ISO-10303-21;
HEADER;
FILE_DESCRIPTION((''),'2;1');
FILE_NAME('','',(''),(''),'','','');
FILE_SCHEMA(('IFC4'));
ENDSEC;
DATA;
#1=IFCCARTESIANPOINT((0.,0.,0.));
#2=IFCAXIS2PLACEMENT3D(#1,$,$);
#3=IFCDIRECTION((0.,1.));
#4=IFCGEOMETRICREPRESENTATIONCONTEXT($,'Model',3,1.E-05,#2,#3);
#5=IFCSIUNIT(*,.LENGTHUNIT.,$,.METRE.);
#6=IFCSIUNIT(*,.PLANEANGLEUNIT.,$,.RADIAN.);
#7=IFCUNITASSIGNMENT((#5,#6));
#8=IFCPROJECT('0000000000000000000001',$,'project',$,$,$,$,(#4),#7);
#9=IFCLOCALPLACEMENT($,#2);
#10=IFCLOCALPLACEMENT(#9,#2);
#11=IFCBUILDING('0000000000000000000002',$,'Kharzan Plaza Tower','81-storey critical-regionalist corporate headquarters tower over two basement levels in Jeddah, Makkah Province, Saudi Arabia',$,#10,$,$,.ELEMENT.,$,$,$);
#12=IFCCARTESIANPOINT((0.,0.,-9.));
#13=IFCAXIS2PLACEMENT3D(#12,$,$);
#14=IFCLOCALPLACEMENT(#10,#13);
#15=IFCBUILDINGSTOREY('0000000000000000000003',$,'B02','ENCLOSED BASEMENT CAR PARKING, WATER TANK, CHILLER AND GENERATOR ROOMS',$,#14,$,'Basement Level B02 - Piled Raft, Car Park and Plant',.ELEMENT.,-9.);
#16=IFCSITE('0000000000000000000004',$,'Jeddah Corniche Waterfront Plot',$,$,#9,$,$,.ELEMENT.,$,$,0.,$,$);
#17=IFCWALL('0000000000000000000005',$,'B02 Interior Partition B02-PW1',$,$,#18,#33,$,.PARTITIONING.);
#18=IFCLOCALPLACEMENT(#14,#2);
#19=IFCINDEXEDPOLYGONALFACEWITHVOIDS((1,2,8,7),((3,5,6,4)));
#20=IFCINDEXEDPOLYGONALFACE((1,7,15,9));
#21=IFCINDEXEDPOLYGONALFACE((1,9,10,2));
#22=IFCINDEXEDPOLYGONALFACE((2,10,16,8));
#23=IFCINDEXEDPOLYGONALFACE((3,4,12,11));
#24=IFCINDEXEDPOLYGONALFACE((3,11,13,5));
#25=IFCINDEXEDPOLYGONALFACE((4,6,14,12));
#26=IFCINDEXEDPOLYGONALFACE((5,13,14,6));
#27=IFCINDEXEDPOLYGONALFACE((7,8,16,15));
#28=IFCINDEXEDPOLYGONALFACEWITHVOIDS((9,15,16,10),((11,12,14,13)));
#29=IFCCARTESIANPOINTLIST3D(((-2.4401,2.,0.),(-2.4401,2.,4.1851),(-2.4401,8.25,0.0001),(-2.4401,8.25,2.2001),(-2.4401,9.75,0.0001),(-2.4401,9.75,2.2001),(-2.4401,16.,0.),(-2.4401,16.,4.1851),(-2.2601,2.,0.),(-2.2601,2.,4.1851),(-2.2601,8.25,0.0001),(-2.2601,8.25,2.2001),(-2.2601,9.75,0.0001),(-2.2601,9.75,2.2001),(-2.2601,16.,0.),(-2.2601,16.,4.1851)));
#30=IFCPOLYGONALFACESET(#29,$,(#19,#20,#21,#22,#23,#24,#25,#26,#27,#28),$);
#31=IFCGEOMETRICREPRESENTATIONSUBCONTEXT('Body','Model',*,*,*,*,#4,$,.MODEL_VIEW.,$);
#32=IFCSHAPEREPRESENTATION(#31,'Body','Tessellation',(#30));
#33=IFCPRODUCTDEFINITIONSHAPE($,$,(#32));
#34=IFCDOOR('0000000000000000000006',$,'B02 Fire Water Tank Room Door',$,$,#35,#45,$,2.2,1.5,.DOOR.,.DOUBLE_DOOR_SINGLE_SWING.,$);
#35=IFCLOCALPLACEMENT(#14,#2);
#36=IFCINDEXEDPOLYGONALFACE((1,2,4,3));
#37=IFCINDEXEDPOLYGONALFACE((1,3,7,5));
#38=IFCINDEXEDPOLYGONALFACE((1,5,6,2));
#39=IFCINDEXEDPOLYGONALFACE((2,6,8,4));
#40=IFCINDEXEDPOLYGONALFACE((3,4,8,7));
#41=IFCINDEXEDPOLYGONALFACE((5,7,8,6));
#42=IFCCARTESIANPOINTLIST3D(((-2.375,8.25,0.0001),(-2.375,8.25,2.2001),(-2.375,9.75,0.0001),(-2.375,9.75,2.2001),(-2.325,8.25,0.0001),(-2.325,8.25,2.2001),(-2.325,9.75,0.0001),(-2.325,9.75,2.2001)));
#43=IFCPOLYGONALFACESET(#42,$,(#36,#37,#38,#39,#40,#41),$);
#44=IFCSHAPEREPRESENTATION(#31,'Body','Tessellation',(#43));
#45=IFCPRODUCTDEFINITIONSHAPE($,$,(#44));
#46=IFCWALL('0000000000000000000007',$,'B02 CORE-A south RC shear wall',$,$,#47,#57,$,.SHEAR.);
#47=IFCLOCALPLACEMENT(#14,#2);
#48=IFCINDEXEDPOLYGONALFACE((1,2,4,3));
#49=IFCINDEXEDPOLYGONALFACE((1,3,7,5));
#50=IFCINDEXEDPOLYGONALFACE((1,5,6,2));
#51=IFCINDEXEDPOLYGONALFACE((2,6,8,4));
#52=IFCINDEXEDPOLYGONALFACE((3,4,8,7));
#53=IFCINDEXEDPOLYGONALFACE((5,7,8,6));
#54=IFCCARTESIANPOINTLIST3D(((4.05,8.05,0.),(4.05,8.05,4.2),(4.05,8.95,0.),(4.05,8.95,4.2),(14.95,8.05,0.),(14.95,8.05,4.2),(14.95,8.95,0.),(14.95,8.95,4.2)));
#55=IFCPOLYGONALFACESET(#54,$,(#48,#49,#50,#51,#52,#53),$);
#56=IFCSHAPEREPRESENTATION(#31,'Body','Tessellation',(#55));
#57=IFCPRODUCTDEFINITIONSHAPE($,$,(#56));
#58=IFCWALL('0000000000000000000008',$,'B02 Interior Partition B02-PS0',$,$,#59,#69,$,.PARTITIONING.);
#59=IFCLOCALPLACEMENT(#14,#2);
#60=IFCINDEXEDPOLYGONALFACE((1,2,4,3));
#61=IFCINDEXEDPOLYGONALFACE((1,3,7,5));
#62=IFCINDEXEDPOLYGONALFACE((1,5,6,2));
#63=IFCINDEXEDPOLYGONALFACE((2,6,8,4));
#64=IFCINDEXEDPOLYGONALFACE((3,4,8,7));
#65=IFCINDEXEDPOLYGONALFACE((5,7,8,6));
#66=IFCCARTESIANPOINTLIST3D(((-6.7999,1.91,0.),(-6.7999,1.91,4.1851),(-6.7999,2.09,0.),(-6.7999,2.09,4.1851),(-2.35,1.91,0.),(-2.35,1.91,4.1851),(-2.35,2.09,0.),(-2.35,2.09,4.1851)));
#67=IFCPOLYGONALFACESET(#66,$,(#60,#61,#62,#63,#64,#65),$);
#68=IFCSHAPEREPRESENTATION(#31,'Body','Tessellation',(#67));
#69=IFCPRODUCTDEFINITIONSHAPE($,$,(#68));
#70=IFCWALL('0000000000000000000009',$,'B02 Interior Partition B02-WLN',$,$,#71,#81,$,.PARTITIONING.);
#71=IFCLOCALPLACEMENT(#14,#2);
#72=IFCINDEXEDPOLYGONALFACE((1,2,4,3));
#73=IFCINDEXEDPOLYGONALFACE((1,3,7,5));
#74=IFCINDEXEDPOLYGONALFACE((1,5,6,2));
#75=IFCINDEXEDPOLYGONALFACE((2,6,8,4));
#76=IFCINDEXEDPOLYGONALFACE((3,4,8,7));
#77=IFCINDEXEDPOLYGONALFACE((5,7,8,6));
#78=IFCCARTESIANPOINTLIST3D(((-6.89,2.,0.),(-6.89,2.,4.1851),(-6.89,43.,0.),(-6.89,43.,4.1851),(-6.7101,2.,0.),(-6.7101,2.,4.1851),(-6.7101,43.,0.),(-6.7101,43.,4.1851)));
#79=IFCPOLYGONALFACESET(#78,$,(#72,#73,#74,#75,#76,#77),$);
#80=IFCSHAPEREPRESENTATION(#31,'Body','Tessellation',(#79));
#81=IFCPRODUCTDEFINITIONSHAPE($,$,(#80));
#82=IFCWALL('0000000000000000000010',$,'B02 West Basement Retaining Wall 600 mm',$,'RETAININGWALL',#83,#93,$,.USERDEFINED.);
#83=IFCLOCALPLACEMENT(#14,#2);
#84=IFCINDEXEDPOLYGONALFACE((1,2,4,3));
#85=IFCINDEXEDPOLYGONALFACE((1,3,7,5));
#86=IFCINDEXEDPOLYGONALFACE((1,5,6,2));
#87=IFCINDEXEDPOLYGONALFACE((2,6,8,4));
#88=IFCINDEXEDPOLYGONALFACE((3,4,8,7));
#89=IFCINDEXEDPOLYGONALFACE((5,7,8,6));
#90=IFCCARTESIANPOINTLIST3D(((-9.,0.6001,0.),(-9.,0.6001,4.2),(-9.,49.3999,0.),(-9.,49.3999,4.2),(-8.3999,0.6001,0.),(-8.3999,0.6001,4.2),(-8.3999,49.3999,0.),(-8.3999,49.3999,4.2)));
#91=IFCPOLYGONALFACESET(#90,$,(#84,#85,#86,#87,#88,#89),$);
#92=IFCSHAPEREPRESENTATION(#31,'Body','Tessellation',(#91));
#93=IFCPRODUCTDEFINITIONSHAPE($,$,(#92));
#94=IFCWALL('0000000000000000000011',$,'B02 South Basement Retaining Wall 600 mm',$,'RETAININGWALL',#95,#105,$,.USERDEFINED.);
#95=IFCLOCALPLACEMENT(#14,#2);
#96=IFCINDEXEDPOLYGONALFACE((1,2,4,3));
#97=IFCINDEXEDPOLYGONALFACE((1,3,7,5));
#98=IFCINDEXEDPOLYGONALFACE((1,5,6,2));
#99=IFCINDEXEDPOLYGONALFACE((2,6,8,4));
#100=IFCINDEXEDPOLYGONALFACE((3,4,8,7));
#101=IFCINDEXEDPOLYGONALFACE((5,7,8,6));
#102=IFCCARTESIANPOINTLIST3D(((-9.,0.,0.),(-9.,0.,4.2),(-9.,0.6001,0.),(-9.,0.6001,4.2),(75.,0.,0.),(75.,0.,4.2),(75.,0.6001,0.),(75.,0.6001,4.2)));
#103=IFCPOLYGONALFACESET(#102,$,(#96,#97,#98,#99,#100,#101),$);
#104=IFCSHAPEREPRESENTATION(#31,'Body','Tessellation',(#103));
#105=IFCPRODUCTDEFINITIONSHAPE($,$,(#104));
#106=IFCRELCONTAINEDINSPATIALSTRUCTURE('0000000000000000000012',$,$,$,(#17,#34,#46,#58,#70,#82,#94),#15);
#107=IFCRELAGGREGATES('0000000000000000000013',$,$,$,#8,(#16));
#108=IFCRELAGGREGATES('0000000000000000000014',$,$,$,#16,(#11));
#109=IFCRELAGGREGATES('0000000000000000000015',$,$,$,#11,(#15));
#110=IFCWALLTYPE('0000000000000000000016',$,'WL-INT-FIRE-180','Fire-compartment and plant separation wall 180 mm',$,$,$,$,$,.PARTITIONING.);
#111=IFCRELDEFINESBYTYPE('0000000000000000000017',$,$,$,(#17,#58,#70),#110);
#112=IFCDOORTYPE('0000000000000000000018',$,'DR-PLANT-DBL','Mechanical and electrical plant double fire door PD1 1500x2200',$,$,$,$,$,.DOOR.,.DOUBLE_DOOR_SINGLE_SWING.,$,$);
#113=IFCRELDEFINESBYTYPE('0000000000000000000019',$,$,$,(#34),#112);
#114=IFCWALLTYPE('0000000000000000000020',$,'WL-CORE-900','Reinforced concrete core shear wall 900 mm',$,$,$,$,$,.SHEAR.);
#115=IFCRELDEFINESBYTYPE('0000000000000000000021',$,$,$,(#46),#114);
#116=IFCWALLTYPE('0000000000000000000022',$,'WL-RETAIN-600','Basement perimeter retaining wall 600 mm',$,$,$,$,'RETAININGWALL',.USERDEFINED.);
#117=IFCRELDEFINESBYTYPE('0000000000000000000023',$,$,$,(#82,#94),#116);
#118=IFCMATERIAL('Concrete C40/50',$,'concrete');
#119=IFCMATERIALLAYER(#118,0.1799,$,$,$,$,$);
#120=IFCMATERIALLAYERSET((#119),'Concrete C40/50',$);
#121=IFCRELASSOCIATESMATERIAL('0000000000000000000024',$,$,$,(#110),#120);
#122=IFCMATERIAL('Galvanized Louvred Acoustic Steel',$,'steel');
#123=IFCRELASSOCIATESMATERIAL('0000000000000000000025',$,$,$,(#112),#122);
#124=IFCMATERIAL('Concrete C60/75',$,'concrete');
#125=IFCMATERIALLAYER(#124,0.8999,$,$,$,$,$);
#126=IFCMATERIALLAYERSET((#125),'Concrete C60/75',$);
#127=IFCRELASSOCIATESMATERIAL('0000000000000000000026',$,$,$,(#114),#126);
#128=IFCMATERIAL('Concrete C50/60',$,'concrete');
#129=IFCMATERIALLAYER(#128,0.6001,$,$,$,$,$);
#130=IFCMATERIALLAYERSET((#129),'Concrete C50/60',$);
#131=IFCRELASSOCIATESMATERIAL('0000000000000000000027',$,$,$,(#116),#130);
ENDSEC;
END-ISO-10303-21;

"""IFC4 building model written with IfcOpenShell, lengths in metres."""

from ifc_helpers import new_model, si_unit, direction, frame, frame_2d, origin, place, context, subcontext, project, spatial, rectangle, extrude, source, transform, mapped, material, layer, layer_set, type_object, element, fill, save


model = new_model("IFC4")

# Units and contexts
model_context = context("Model", 3, precision=1e-05, world=origin(), true_north=direction((0.0, 1.0)))
body_context = subcontext(model_context, "Body", "Model", "MODEL_VIEW")
ifc_project = project(units=[si_unit("LENGTHUNIT", "METRE"), si_unit("PLANEANGLEUNIT", "RADIAN")], contexts=[model_context])

# Site, building, storey
site_placement = place(None, origin())
site = spatial("IfcSite", under=ifc_project, at=site_placement, Name="Jeddah Corniche Waterfront Plot", CompositionType="ELEMENT", RefElevation=0.0)
building_placement = place(site_placement, origin())
building = spatial("IfcBuilding", under=site, at=building_placement, Name="Kharzan Plaza Tower", Description="81-storey critical-regionalist corporate headquarters tower over two basement levels in Jeddah, Makkah Province, Saudi Arabia", CompositionType="ELEMENT")
storey_placement = place(building_placement, frame((0.0, 0.0, -9.0)))
storey = spatial("IfcBuildingStorey", under=building, at=storey_placement, Name="B02", Description="ENCLOSED BASEMENT CAR PARKING, WATER TANK, CHILLER AND GENERATOR ROOMS", LongName="Basement Level B02 - Piled Raft, Car Park and Plant", CompositionType="ELEMENT", Elevation=-9.0)

# Shared definitions
ifc_material_1 = material(Name="Concrete C50/60", Category="concrete")

# Shared definitions
ifc_material_2 = material(Name="Concrete C60/75", Category="concrete")

# Shared definitions
ifc_material_3 = material(Name="Concrete C40/50", Category="concrete")

# Wall, opening, door
ifc_layer_1 = layer(ifc_material_3, 0.1799)
ifc_layer_set_1 = layer_set([ifc_layer_1], Name="Concrete C40/50")
wall_type_1 = type_object("IfcWallType", Name="WL-INT-FIRE-180", Description="Fire-compartment and plant separation wall 180 mm", PredefinedType="PARTITIONING", material=ifc_layer_set_1)
wall_1_placement = place(storey_placement, frame((-2.3501, 2.0, 0.0), z_axis=(0.0, 0.0, 1.0), x_axis=(0.0, 1.0, 0.0)))
wall_1 = element("IfcWall", 1, at=wall_1_placement, inside=storey, type_object=wall_type_1, Name="B02 Interior Partition B02-PW1", PredefinedType="PARTITIONING", context=body_context, shape_type="SweptSolid", body=[
    extrude(rectangle(XDim=14.0, YDim=0.1799, at=frame_2d((7.0, 0.0))), origin(), (0.0, 0.0, 1.0), 4.1851),
])
opening_placement = place(wall_1_placement, frame((6.25, 0.0, 0.0)))
opening = element("IfcOpeningElement", 2, at=opening_placement, cuts=wall_1, PredefinedType="OPENING", context=body_context, shape_type="SweptSolid", body=[
    extrude(rectangle(XDim=1.5, YDim=2.2, at=frame_2d((0.75, 1.1001))), frame((0.0, 0.0999, 0.0), z_axis=(0.0, -1.0, 0.0), x_axis=(1.0, 0.0, 0.0)), (0.0, 0.0, 1.0), 0.2),
])
ifc_material_4 = material(Name="Galvanized Louvred Acoustic Steel", Category="steel")
door_type = type_object("IfcDoorType", Name="DR-PLANT-DBL", Description="Mechanical and electrical plant double fire door PD1 1500x2200", OperationType="DOUBLE_DOOR_SINGLE_SWING", PredefinedType="DOOR", material=ifc_material_4)
shared_shape_1 = source(origin(), body_context, "Body", "SweptSolid", [
    extrude(rectangle(XDim=1.5, YDim=2.2, at=frame_2d((0.75, 1.1001))), frame((0.0, 0.0249, 0.0), z_axis=(0.0, -1.0, 0.0), x_axis=(1.0, 0.0, 0.0)), (0.0, 0.0, 1.0), 0.05),
])
door_placement = place(opening_placement, origin())
door = element("IfcDoor", 3, at=door_placement, inside=storey, type_object=door_type, Name="B02 Fire Water Tank Room Door", OperationType="DOUBLE_DOOR_SINGLE_SWING", OverallHeight=2.2, OverallWidth=1.5, PredefinedType="DOOR", context=body_context, shape_type="MappedRepresentation", body=[
    mapped(shared_shape_1, transform((0.0, 0.0, 0.0), x_axis=(1.0, 0.0, 0.0), y_axis=(0.0, 1.0, 0.0), z_axis=(0.0, 0.0, 1.0))),
])
fill(opening, door)

# Walls
ifc_layer_2 = layer(ifc_material_2, 0.8999)
ifc_layer_set_2 = layer_set([ifc_layer_2], Name="Concrete C60/75")
wall_type_2 = type_object("IfcWallType", Name="WL-CORE-900", Description="Reinforced concrete core shear wall 900 mm", PredefinedType="SHEAR", material=ifc_layer_set_2)
shared_shape_2 = source(origin(), body_context, "Body", "SweptSolid", [
    extrude(rectangle(XDim=10.8999, YDim=0.8999, at=frame_2d((5.45, 0.0))), origin(), (0.0, 0.0, 1.0), 4.2),
])
wall_2_placement = place(storey_placement, frame((4.05, 8.5, 0.0), z_axis=(0.0, 0.0, 1.0), x_axis=(1.0, 0.0, 0.0)))
element("IfcWall", 4, at=wall_2_placement, inside=storey, type_object=wall_type_2, Name="B02 CORE-A south RC shear wall", PredefinedType="SHEAR", context=body_context, shape_type="MappedRepresentation", body=[
    mapped(shared_shape_2, transform((0.0, 0.0, 0.0), x_axis=(1.0, 0.0, 0.0), y_axis=(0.0, 1.0, 0.0), z_axis=(0.0, 0.0, 1.0))),
])
shared_shape_3 = source(origin(), body_context, "Body", "SweptSolid", [
    extrude(rectangle(XDim=4.45, YDim=0.1799, at=frame_2d((2.2251, 0.0))), origin(), (0.0, 0.0, 1.0), 4.1851),
])
wall_3_placement = place(storey_placement, frame((-6.8, 2.0, 0.0), z_axis=(0.0, 0.0, 1.0), x_axis=(1.0, 0.0, 0.0)))
element("IfcWall", 5, at=wall_3_placement, inside=storey, type_object=wall_type_1, Name="B02 Interior Partition B02-PS0", PredefinedType="PARTITIONING", context=body_context, shape_type="MappedRepresentation", body=[
    mapped(shared_shape_3, transform((0.0, 0.0, 0.0), x_axis=(1.0, 0.0, 0.0), y_axis=(0.0, 1.0, 0.0), z_axis=(0.0, 0.0, 1.0))),
])
shared_shape_4 = source(origin(), body_context, "Body", "SweptSolid", [
    extrude(rectangle(XDim=41.0, YDim=0.1799, at=frame_2d((20.5, 0.0))), origin(), (0.0, 0.0, 1.0), 4.1851),
])
wall_4_placement = place(storey_placement, frame((-6.8, 2.0, 0.0), z_axis=(0.0, 0.0, 1.0), x_axis=(0.0, 1.0, 0.0)))
element("IfcWall", 6, at=wall_4_placement, inside=storey, type_object=wall_type_1, Name="B02 Interior Partition B02-WLN", PredefinedType="PARTITIONING", context=body_context, shape_type="MappedRepresentation", body=[
    mapped(shared_shape_4, transform((0.0, 0.0, 0.0), x_axis=(1.0, 0.0, 0.0), y_axis=(0.0, 1.0, 0.0), z_axis=(0.0, 0.0, 1.0))),
])
ifc_layer_3 = layer(ifc_material_1, 0.6001)
ifc_layer_set_3 = layer_set([ifc_layer_3], Name="Concrete C50/60")
wall_type_3 = type_object("IfcWallType", Name="WL-RETAIN-600", Description="Basement perimeter retaining wall 600 mm", ElementType="RETAININGWALL", PredefinedType="USERDEFINED", material=ifc_layer_set_3)
shared_shape_5 = source(origin(), body_context, "Body", "SweptSolid", [
    extrude(rectangle(XDim=48.7998, YDim=0.6001, at=frame_2d((24.3999, 0.0))), origin(), (0.0, 0.0, 1.0), 4.2),
])
wall_5_placement = place(storey_placement, frame((-8.7, 0.6001, 0.0), z_axis=(0.0, 0.0, 1.0), x_axis=(0.0, 1.0, 0.0)))
element("IfcWall", 7, at=wall_5_placement, inside=storey, type_object=wall_type_3, Name="B02 West Basement Retaining Wall 600 mm", ObjectType="RETAININGWALL", PredefinedType="USERDEFINED", context=body_context, shape_type="MappedRepresentation", body=[
    mapped(shared_shape_5, transform((0.0, 0.0, 0.0), x_axis=(1.0, 0.0, 0.0), y_axis=(0.0, 1.0, 0.0), z_axis=(0.0, 0.0, 1.0))),
])
shared_shape_6 = source(origin(), body_context, "Body", "SweptSolid", [
    extrude(rectangle(XDim=84.0, YDim=0.6001, at=frame_2d((42.0, 0.0))), origin(), (0.0, 0.0, 1.0), 4.2),
])
wall_6_placement = place(storey_placement, frame((-9.0, 0.3, 0.0), z_axis=(0.0, 0.0, 1.0), x_axis=(1.0, 0.0, 0.0)))
element("IfcWall", 8, at=wall_6_placement, inside=storey, type_object=wall_type_3, Name="B02 South Basement Retaining Wall 600 mm", ObjectType="RETAININGWALL", PredefinedType="USERDEFINED", context=body_context, shape_type="MappedRepresentation", body=[
    mapped(shared_shape_6, transform((0.0, 0.0, 0.0), x_axis=(1.0, 0.0, 0.0), y_axis=(0.0, 1.0, 0.0), z_axis=(0.0, 0.0, 1.0))),
])

save(model, "model.ifc")
